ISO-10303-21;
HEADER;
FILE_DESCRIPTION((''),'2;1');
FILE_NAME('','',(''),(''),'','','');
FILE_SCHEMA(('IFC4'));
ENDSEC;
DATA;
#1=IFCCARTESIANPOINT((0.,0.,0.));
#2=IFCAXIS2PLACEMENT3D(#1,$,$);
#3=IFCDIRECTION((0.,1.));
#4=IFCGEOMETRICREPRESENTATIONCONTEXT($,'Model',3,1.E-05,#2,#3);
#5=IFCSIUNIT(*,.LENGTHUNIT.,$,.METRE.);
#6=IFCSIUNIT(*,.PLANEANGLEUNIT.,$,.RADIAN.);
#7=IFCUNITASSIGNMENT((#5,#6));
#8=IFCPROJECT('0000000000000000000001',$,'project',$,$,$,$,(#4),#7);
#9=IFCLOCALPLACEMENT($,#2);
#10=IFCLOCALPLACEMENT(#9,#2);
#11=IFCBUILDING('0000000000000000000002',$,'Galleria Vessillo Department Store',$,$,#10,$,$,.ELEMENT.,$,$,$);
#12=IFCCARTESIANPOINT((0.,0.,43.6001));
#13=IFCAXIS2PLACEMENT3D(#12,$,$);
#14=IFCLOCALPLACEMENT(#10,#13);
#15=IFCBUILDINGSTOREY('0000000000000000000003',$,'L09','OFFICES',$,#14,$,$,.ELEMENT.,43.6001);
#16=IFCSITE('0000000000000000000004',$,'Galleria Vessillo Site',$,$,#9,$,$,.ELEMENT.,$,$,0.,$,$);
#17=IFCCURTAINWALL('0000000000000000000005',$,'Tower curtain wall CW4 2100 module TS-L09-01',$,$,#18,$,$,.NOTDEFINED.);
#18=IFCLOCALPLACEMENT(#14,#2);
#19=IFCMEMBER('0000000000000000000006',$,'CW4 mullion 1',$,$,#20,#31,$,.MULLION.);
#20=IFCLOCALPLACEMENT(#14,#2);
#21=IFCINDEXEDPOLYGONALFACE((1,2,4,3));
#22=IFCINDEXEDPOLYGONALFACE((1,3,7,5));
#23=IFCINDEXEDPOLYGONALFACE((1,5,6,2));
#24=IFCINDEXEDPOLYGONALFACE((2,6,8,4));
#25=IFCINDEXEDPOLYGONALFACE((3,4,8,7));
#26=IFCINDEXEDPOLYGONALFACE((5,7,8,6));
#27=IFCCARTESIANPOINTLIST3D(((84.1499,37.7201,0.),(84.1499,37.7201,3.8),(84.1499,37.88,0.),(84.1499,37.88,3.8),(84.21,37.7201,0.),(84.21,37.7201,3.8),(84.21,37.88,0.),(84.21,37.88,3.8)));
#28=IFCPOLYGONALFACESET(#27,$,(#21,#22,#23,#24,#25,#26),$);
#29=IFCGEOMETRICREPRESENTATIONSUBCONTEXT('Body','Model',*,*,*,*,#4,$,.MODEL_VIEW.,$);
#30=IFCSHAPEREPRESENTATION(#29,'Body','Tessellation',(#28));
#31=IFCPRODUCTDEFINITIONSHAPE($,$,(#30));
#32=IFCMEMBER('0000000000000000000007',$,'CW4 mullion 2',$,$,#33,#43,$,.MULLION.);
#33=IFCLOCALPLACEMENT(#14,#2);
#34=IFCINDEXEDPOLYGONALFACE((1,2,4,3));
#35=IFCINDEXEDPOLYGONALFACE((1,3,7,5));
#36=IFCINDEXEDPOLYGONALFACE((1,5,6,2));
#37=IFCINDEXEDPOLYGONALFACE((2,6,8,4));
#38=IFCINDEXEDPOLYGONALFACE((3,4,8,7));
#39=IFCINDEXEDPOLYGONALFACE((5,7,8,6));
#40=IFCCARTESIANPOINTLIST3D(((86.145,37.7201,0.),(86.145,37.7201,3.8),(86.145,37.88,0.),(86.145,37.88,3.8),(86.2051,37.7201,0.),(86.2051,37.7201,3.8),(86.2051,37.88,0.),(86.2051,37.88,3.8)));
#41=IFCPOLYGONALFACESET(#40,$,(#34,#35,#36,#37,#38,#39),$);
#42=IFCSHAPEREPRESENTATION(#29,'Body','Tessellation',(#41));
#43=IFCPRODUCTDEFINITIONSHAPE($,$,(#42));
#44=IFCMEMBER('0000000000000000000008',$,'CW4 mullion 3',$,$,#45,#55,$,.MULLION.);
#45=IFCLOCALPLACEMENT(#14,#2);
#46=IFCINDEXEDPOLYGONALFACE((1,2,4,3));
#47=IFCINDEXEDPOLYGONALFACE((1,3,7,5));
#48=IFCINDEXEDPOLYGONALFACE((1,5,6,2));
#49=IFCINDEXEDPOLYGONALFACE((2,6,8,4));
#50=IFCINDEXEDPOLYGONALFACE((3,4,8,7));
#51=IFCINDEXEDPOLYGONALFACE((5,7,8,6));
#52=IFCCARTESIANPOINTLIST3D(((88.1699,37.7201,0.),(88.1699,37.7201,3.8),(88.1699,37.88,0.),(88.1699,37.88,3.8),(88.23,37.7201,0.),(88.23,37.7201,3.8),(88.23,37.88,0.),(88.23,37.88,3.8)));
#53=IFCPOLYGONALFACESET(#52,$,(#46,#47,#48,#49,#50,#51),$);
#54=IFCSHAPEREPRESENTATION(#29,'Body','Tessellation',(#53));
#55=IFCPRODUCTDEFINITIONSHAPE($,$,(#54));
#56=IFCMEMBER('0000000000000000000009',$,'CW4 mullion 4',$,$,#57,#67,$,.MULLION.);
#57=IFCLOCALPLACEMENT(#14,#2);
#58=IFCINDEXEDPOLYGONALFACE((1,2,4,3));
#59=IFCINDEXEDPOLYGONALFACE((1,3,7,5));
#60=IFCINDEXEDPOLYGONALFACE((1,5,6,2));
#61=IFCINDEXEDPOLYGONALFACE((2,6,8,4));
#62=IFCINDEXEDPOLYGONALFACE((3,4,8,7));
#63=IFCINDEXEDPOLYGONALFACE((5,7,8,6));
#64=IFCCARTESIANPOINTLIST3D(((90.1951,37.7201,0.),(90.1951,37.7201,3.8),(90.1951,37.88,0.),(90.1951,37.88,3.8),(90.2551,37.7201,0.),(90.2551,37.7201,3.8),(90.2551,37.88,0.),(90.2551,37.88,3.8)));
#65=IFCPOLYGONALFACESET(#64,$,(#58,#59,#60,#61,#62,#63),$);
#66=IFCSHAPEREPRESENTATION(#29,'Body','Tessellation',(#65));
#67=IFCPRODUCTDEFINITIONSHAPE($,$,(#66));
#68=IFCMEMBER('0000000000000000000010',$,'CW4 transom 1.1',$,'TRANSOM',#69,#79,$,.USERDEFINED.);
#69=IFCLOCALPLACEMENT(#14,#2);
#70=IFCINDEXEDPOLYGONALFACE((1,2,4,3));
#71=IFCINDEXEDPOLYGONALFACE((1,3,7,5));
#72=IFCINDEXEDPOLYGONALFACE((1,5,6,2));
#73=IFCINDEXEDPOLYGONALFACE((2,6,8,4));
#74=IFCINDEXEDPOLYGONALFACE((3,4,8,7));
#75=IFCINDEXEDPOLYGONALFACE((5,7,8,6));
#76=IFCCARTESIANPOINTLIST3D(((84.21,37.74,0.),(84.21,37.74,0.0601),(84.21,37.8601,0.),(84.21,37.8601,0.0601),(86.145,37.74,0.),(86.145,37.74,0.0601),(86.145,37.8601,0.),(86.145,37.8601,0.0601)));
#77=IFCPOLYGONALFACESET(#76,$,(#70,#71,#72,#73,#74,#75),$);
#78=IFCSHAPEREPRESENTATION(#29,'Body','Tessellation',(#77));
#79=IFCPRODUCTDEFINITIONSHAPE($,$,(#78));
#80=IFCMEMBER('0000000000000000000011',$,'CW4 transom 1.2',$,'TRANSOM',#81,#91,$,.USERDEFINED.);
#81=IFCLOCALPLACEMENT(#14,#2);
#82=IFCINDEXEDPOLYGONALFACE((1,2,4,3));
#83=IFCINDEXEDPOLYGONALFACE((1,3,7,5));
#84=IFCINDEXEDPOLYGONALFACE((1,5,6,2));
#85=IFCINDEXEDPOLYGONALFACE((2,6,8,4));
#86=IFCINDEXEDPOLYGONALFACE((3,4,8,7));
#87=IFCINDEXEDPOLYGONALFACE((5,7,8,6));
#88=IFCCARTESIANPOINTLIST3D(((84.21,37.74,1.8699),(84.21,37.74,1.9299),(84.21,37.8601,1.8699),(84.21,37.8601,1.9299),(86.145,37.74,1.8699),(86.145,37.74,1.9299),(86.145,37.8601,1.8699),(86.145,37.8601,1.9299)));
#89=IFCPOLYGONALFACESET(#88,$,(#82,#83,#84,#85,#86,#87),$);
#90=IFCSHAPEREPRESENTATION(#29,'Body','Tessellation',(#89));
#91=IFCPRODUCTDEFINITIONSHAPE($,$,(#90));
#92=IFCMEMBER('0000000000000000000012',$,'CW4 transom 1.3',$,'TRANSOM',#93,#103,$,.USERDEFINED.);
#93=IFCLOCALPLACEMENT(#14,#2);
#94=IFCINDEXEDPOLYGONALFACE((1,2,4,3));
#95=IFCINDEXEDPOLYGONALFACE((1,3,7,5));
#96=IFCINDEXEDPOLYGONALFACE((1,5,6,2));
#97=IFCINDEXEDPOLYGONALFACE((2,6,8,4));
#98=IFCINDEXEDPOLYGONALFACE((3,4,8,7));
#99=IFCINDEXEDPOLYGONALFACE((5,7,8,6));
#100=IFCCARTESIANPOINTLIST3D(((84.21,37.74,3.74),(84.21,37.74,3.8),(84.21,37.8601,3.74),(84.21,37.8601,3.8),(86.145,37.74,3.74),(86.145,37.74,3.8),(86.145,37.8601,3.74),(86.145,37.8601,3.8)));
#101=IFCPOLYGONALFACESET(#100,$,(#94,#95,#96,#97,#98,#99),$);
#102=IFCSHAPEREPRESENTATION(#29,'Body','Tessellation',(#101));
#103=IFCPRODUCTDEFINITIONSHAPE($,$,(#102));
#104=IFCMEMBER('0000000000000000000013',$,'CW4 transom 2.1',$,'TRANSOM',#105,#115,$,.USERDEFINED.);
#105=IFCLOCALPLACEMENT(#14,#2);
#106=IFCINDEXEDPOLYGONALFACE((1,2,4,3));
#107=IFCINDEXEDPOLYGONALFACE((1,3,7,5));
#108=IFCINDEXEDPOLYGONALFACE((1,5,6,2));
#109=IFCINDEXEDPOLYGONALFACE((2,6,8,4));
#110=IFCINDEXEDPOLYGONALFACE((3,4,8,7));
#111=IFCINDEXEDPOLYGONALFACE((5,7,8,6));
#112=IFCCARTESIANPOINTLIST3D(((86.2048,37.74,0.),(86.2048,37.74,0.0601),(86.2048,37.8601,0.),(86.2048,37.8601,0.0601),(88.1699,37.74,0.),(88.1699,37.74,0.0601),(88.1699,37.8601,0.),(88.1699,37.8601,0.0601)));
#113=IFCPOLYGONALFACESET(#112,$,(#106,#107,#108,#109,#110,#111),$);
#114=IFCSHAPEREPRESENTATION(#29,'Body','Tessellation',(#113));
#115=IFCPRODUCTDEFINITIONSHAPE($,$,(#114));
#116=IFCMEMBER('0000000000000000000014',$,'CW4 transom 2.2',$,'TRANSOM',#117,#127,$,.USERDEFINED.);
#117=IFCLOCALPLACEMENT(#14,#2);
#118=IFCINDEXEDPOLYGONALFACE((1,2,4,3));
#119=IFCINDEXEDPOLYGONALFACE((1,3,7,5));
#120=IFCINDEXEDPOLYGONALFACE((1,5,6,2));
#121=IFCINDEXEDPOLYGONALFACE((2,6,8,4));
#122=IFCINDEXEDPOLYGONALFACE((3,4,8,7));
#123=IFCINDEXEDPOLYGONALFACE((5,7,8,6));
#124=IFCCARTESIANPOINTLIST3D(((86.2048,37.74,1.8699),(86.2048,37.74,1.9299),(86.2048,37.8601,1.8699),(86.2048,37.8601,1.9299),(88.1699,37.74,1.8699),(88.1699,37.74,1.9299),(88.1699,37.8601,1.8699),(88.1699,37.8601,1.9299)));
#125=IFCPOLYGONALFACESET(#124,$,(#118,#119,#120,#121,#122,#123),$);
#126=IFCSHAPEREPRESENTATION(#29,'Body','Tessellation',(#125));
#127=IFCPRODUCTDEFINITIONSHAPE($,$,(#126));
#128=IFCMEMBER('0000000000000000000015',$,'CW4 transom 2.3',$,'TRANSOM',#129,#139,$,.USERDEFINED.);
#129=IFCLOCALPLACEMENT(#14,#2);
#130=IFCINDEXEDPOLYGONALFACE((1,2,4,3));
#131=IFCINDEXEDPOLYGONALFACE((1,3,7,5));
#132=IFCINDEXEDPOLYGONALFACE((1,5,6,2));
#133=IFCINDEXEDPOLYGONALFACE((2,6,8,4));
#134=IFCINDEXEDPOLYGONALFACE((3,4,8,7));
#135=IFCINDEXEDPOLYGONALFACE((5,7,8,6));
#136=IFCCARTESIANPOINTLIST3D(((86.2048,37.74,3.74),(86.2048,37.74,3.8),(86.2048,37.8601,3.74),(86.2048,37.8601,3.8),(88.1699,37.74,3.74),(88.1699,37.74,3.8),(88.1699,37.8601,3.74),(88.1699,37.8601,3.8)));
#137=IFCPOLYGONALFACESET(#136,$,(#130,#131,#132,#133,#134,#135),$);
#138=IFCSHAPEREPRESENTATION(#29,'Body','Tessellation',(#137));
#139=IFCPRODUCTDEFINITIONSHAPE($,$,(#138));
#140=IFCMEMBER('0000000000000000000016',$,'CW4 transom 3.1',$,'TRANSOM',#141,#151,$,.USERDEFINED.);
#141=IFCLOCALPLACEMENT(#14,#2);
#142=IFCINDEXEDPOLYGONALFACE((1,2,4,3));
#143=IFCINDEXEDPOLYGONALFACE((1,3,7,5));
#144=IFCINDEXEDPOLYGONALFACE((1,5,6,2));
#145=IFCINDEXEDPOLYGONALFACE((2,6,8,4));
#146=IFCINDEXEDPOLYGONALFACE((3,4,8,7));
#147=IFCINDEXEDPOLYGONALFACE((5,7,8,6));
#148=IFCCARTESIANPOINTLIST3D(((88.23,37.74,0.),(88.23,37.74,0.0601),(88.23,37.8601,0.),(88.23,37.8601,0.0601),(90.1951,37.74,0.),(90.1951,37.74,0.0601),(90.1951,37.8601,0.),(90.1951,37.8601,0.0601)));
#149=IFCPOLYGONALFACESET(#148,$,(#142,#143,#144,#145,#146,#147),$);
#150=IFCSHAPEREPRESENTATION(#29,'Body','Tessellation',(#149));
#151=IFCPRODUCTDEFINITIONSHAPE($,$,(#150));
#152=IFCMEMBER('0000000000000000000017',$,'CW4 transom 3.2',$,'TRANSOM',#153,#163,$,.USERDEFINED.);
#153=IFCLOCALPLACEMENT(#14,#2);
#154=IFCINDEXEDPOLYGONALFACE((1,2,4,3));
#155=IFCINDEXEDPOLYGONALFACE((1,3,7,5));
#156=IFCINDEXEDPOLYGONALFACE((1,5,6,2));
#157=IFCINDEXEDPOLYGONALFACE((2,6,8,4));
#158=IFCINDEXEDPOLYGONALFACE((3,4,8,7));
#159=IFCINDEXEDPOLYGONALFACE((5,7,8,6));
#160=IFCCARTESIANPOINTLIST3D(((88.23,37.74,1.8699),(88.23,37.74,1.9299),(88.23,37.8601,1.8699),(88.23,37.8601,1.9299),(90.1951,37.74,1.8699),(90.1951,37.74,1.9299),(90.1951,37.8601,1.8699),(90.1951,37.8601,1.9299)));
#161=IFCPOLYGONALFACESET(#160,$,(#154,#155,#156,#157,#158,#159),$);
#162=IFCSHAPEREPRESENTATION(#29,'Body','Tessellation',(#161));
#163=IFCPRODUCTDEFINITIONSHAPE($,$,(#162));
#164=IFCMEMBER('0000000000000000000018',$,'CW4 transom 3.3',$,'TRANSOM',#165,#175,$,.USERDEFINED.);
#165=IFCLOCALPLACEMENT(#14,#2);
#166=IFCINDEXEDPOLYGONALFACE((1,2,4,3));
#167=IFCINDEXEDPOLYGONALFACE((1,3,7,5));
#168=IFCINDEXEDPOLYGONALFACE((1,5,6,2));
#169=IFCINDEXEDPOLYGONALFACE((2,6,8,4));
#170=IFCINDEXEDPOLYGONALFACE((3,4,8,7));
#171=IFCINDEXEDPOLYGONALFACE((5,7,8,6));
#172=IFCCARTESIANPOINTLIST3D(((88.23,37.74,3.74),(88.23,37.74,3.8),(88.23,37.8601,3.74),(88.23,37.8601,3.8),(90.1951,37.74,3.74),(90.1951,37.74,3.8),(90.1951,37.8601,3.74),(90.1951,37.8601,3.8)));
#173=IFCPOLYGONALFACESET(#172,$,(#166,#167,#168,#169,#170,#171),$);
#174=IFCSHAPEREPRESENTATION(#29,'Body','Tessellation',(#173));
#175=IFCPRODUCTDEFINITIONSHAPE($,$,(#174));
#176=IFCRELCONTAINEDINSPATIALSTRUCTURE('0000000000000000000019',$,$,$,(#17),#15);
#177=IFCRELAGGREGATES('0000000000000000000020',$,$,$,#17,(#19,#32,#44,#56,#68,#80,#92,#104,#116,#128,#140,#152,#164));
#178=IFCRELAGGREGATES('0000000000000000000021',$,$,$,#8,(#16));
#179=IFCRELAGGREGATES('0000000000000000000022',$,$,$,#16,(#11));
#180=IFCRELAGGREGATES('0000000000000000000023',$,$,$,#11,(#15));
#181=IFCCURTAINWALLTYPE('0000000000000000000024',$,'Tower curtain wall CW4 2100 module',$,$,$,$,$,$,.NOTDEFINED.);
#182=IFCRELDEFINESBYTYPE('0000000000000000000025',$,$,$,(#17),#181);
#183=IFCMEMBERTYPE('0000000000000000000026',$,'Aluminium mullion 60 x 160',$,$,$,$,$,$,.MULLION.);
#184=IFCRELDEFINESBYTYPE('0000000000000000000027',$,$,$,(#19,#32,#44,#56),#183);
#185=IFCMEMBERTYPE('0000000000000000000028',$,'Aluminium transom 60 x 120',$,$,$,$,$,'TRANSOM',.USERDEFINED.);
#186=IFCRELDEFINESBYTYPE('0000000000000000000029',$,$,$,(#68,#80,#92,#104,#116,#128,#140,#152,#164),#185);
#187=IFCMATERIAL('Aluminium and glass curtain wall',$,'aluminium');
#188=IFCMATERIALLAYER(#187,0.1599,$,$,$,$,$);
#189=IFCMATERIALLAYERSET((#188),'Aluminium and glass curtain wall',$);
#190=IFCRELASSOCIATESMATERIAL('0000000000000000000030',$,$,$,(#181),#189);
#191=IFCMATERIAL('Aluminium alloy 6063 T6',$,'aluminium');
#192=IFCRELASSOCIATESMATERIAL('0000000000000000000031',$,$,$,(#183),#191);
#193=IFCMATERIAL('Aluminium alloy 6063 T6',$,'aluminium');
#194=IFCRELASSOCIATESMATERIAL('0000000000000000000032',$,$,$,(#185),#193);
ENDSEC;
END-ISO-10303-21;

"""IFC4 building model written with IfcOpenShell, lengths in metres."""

from ifc_helpers import new_model, si_unit, direction, frame, origin, origin_2d, place, context, subcontext, project, spatial, rectangle, extrude, material, layer, layer_set, material_profile, profile_set, type_object, element, aggregate, save


model = new_model("IFC4")

# Units and contexts
model_context = context("Model", 3, precision=1e-05, world=origin(), true_north=direction((0.0, 1.0)))
body_context = subcontext(model_context, "Body", "Model", "MODEL_VIEW")
ifc_project = project(units=[si_unit("LENGTHUNIT", "METRE"), si_unit("PLANEANGLEUNIT", "RADIAN")], contexts=[model_context])

# Site, building, storey
site_placement = place(None, origin())
site = spatial("IfcSite", under=ifc_project, at=site_placement, Name="Galleria Vessillo Site", CompositionType="ELEMENT", RefElevation=0.0)
building_placement = place(site_placement, origin())
building = spatial("IfcBuilding", under=site, at=building_placement, Name="Galleria Vessillo Department Store", CompositionType="ELEMENT")
storey_placement = place(building_placement, frame((0.0, 0.0, 43.6001)))
storey = spatial("IfcBuildingStorey", under=building, at=storey_placement, Name="L09", Description="OFFICES", CompositionType="ELEMENT", Elevation=43.6001)

# Curtain wall, members
ifc_material_1 = material(Name="Aluminium and glass curtain wall", Category="aluminium")
ifc_layer_1 = layer(ifc_material_1, 0.1599)
ifc_layer_set_1 = layer_set([ifc_layer_1], Name="Aluminium and glass curtain wall")
curtain_wall_type = type_object("IfcCurtainWallType", Name="Tower curtain wall CW4 2100 module", PredefinedType="NOTDEFINED", material=ifc_layer_set_1)
curtain_wall_placement = place(storey_placement, origin())
curtain_wall = element("IfcCurtainWall", 1, at=curtain_wall_placement, inside=storey, type_object=curtain_wall_type, Name="Tower curtain wall CW4 2100 module TS-L09-01", PredefinedType="NOTDEFINED")
ifc_material_2 = material(Name="Aluminium alloy 6063 T6", Category="aluminium")
ifc_material_profile_1 = material_profile(ifc_material_2, rectangle(XDim=0.1599, YDim=0.0601, at=origin_2d()), Name="AL 60x160")
ifc_profile_set_1 = profile_set([ifc_material_profile_1], Name="Aluminium alloy 6063 T6")
member_type_1 = type_object("IfcMemberType", Name="Aluminium mullion 60 x 160", PredefinedType="MULLION", material=ifc_profile_set_1)
member_1_placement = place(storey_placement, frame((84.1799, 37.8, 0.0), z_axis=(0.0, 0.0, 1.0), x_axis=(0.0, 1.0, 0.0)))
member_1 = element("IfcMember", 2, at=member_1_placement, type_object=member_type_1, Name="CW4 mullion 1", PredefinedType="MULLION", context=body_context, shape_type="SweptSolid", body=[
    extrude(rectangle(XDim=0.1599, YDim=0.0601, at=origin_2d()), origin(), (0.0, 0.0, 1.0), 3.8),
])
member_2_placement = place(storey_placement, frame((86.175, 37.8, 0.0), z_axis=(0.0, 0.0, 1.0), x_axis=(0.0, 1.0, 0.0)))
member_2 = element("IfcMember", 3, at=member_2_placement, type_object=member_type_1, Name="CW4 mullion 2", PredefinedType="MULLION", context=body_context, shape_type="SweptSolid", body=[
    extrude(rectangle(XDim=0.1599, YDim=0.0601, at=origin_2d()), origin(), (0.0, 0.0, 1.0), 3.8),
])
member_3_placement = place(storey_placement, frame((88.2, 37.8, 0.0), z_axis=(0.0, 0.0, 1.0), x_axis=(0.0, 1.0, 0.0)))
member_3 = element("IfcMember", 4, at=member_3_placement, type_object=member_type_1, Name="CW4 mullion 3", PredefinedType="MULLION", context=body_context, shape_type="SweptSolid", body=[
    extrude(rectangle(XDim=0.1599, YDim=0.0601, at=origin_2d()), origin(), (0.0, 0.0, 1.0), 3.8),
])
member_4_placement = place(storey_placement, frame((90.2251, 37.8, 0.0), z_axis=(0.0, 0.0, 1.0), x_axis=(0.0, 1.0, 0.0)))
member_4 = element("IfcMember", 5, at=member_4_placement, type_object=member_type_1, Name="CW4 mullion 4", PredefinedType="MULLION", context=body_context, shape_type="SweptSolid", body=[
    extrude(rectangle(XDim=0.1599, YDim=0.0601, at=origin_2d()), origin(), (0.0, 0.0, 1.0), 3.8),
])
ifc_material_3 = material(Name="Aluminium alloy 6063 T6", Category="aluminium")
ifc_material_profile_2 = material_profile(ifc_material_3, rectangle(XDim=0.1201, YDim=0.0601, at=origin_2d()), Name="AL 60x120")
ifc_profile_set_2 = profile_set([ifc_material_profile_2], Name="Aluminium alloy 6063 T6")
member_type_2 = type_object("IfcMemberType", Name="Aluminium transom 60 x 120", ElementType="TRANSOM", PredefinedType="USERDEFINED", material=ifc_profile_set_2)
member_5_placement = place(storey_placement, frame((84.21, 37.8, 0.03), z_axis=(1.0, 0.0, 0.0), x_axis=(0.0, 1.0, 0.0)))
member_5 = element("IfcMember", 6, at=member_5_placement, type_object=member_type_2, Name="CW4 transom 1.1", ObjectType="TRANSOM", PredefinedType="USERDEFINED", context=body_context, shape_type="SweptSolid", body=[
    extrude(rectangle(XDim=0.1201, YDim=0.0601, at=origin_2d()), origin(), (0.0, 0.0, 1.0), 1.9351),
])
member_6_placement = place(storey_placement, frame((84.21, 37.8, 1.8999), z_axis=(1.0, 0.0, 0.0), x_axis=(0.0, 1.0, 0.0)))
member_6 = element("IfcMember", 7, at=member_6_placement, type_object=member_type_2, Name="CW4 transom 1.2", ObjectType="TRANSOM", PredefinedType="USERDEFINED", context=body_context, shape_type="SweptSolid", body=[
    extrude(rectangle(XDim=0.1201, YDim=0.0601, at=origin_2d()), origin(), (0.0, 0.0, 1.0), 1.9351),
])
member_7_placement = place(storey_placement, frame((84.21, 37.8, 3.77), z_axis=(1.0, 0.0, 0.0), x_axis=(0.0, 1.0, 0.0)))
member_7 = element("IfcMember", 8, at=member_7_placement, type_object=member_type_2, Name="CW4 transom 1.3", ObjectType="TRANSOM", PredefinedType="USERDEFINED", context=body_context, shape_type="SweptSolid", body=[
    extrude(rectangle(XDim=0.1201, YDim=0.0601, at=origin_2d()), origin(), (0.0, 0.0, 1.0), 1.9351),
])
member_8_placement = place(storey_placement, frame((86.2048, 37.8, 0.03), z_axis=(1.0, 0.0, 0.0), x_axis=(0.0, 1.0, 0.0)))
member_8 = element("IfcMember", 9, at=member_8_placement, type_object=member_type_2, Name="CW4 transom 2.1", ObjectType="TRANSOM", PredefinedType="USERDEFINED", context=body_context, shape_type="SweptSolid", body=[
    extrude(rectangle(XDim=0.1201, YDim=0.0601, at=origin_2d()), origin(), (0.0, 0.0, 1.0), 1.9651),
])
member_9_placement = place(storey_placement, frame((86.2048, 37.8, 1.8999), z_axis=(1.0, 0.0, 0.0), x_axis=(0.0, 1.0, 0.0)))
member_9 = element("IfcMember", 10, at=member_9_placement, type_object=member_type_2, Name="CW4 transom 2.2", ObjectType="TRANSOM", PredefinedType="USERDEFINED", context=body_context, shape_type="SweptSolid", body=[
    extrude(rectangle(XDim=0.1201, YDim=0.0601, at=origin_2d()), origin(), (0.0, 0.0, 1.0), 1.9651),
])
member_10_placement = place(storey_placement, frame((86.2048, 37.8, 3.77), z_axis=(1.0, 0.0, 0.0), x_axis=(0.0, 1.0, 0.0)))
member_10 = element("IfcMember", 11, at=member_10_placement, type_object=member_type_2, Name="CW4 transom 2.3", ObjectType="TRANSOM", PredefinedType="USERDEFINED", context=body_context, shape_type="SweptSolid", body=[
    extrude(rectangle(XDim=0.1201, YDim=0.0601, at=origin_2d()), origin(), (0.0, 0.0, 1.0), 1.9651),
])
member_11_placement = place(storey_placement, frame((88.23, 37.8, 0.03), z_axis=(1.0, 0.0, 0.0), x_axis=(0.0, 1.0, 0.0)))
member_11 = element("IfcMember", 12, at=member_11_placement, type_object=member_type_2, Name="CW4 transom 3.1", ObjectType="TRANSOM", PredefinedType="USERDEFINED", context=body_context, shape_type="SweptSolid", body=[
    extrude(rectangle(XDim=0.1201, YDim=0.0601, at=origin_2d()), origin(), (0.0, 0.0, 1.0), 1.9651),
])
member_12_placement = place(storey_placement, frame((88.23, 37.8, 1.8999), z_axis=(1.0, 0.0, 0.0), x_axis=(0.0, 1.0, 0.0)))
member_12 = element("IfcMember", 13, at=member_12_placement, type_object=member_type_2, Name="CW4 transom 3.2", ObjectType="TRANSOM", PredefinedType="USERDEFINED", context=body_context, shape_type="SweptSolid", body=[
    extrude(rectangle(XDim=0.1201, YDim=0.0601, at=origin_2d()), origin(), (0.0, 0.0, 1.0), 1.9651),
])
member_13_placement = place(storey_placement, frame((88.23, 37.8, 3.77), z_axis=(1.0, 0.0, 0.0), x_axis=(0.0, 1.0, 0.0)))
member_13 = element("IfcMember", 14, at=member_13_placement, type_object=member_type_2, Name="CW4 transom 3.3", ObjectType="TRANSOM", PredefinedType="USERDEFINED", context=body_context, shape_type="SweptSolid", body=[
    extrude(rectangle(XDim=0.1201, YDim=0.0601, at=origin_2d()), origin(), (0.0, 0.0, 1.0), 1.9651),
])

aggregate(curtain_wall, [member_1, member_2, member_3, member_4, member_5, member_6, member_7, member_8, member_9, member_10, member_11, member_12, member_13])

save(model, "model.ifc")
